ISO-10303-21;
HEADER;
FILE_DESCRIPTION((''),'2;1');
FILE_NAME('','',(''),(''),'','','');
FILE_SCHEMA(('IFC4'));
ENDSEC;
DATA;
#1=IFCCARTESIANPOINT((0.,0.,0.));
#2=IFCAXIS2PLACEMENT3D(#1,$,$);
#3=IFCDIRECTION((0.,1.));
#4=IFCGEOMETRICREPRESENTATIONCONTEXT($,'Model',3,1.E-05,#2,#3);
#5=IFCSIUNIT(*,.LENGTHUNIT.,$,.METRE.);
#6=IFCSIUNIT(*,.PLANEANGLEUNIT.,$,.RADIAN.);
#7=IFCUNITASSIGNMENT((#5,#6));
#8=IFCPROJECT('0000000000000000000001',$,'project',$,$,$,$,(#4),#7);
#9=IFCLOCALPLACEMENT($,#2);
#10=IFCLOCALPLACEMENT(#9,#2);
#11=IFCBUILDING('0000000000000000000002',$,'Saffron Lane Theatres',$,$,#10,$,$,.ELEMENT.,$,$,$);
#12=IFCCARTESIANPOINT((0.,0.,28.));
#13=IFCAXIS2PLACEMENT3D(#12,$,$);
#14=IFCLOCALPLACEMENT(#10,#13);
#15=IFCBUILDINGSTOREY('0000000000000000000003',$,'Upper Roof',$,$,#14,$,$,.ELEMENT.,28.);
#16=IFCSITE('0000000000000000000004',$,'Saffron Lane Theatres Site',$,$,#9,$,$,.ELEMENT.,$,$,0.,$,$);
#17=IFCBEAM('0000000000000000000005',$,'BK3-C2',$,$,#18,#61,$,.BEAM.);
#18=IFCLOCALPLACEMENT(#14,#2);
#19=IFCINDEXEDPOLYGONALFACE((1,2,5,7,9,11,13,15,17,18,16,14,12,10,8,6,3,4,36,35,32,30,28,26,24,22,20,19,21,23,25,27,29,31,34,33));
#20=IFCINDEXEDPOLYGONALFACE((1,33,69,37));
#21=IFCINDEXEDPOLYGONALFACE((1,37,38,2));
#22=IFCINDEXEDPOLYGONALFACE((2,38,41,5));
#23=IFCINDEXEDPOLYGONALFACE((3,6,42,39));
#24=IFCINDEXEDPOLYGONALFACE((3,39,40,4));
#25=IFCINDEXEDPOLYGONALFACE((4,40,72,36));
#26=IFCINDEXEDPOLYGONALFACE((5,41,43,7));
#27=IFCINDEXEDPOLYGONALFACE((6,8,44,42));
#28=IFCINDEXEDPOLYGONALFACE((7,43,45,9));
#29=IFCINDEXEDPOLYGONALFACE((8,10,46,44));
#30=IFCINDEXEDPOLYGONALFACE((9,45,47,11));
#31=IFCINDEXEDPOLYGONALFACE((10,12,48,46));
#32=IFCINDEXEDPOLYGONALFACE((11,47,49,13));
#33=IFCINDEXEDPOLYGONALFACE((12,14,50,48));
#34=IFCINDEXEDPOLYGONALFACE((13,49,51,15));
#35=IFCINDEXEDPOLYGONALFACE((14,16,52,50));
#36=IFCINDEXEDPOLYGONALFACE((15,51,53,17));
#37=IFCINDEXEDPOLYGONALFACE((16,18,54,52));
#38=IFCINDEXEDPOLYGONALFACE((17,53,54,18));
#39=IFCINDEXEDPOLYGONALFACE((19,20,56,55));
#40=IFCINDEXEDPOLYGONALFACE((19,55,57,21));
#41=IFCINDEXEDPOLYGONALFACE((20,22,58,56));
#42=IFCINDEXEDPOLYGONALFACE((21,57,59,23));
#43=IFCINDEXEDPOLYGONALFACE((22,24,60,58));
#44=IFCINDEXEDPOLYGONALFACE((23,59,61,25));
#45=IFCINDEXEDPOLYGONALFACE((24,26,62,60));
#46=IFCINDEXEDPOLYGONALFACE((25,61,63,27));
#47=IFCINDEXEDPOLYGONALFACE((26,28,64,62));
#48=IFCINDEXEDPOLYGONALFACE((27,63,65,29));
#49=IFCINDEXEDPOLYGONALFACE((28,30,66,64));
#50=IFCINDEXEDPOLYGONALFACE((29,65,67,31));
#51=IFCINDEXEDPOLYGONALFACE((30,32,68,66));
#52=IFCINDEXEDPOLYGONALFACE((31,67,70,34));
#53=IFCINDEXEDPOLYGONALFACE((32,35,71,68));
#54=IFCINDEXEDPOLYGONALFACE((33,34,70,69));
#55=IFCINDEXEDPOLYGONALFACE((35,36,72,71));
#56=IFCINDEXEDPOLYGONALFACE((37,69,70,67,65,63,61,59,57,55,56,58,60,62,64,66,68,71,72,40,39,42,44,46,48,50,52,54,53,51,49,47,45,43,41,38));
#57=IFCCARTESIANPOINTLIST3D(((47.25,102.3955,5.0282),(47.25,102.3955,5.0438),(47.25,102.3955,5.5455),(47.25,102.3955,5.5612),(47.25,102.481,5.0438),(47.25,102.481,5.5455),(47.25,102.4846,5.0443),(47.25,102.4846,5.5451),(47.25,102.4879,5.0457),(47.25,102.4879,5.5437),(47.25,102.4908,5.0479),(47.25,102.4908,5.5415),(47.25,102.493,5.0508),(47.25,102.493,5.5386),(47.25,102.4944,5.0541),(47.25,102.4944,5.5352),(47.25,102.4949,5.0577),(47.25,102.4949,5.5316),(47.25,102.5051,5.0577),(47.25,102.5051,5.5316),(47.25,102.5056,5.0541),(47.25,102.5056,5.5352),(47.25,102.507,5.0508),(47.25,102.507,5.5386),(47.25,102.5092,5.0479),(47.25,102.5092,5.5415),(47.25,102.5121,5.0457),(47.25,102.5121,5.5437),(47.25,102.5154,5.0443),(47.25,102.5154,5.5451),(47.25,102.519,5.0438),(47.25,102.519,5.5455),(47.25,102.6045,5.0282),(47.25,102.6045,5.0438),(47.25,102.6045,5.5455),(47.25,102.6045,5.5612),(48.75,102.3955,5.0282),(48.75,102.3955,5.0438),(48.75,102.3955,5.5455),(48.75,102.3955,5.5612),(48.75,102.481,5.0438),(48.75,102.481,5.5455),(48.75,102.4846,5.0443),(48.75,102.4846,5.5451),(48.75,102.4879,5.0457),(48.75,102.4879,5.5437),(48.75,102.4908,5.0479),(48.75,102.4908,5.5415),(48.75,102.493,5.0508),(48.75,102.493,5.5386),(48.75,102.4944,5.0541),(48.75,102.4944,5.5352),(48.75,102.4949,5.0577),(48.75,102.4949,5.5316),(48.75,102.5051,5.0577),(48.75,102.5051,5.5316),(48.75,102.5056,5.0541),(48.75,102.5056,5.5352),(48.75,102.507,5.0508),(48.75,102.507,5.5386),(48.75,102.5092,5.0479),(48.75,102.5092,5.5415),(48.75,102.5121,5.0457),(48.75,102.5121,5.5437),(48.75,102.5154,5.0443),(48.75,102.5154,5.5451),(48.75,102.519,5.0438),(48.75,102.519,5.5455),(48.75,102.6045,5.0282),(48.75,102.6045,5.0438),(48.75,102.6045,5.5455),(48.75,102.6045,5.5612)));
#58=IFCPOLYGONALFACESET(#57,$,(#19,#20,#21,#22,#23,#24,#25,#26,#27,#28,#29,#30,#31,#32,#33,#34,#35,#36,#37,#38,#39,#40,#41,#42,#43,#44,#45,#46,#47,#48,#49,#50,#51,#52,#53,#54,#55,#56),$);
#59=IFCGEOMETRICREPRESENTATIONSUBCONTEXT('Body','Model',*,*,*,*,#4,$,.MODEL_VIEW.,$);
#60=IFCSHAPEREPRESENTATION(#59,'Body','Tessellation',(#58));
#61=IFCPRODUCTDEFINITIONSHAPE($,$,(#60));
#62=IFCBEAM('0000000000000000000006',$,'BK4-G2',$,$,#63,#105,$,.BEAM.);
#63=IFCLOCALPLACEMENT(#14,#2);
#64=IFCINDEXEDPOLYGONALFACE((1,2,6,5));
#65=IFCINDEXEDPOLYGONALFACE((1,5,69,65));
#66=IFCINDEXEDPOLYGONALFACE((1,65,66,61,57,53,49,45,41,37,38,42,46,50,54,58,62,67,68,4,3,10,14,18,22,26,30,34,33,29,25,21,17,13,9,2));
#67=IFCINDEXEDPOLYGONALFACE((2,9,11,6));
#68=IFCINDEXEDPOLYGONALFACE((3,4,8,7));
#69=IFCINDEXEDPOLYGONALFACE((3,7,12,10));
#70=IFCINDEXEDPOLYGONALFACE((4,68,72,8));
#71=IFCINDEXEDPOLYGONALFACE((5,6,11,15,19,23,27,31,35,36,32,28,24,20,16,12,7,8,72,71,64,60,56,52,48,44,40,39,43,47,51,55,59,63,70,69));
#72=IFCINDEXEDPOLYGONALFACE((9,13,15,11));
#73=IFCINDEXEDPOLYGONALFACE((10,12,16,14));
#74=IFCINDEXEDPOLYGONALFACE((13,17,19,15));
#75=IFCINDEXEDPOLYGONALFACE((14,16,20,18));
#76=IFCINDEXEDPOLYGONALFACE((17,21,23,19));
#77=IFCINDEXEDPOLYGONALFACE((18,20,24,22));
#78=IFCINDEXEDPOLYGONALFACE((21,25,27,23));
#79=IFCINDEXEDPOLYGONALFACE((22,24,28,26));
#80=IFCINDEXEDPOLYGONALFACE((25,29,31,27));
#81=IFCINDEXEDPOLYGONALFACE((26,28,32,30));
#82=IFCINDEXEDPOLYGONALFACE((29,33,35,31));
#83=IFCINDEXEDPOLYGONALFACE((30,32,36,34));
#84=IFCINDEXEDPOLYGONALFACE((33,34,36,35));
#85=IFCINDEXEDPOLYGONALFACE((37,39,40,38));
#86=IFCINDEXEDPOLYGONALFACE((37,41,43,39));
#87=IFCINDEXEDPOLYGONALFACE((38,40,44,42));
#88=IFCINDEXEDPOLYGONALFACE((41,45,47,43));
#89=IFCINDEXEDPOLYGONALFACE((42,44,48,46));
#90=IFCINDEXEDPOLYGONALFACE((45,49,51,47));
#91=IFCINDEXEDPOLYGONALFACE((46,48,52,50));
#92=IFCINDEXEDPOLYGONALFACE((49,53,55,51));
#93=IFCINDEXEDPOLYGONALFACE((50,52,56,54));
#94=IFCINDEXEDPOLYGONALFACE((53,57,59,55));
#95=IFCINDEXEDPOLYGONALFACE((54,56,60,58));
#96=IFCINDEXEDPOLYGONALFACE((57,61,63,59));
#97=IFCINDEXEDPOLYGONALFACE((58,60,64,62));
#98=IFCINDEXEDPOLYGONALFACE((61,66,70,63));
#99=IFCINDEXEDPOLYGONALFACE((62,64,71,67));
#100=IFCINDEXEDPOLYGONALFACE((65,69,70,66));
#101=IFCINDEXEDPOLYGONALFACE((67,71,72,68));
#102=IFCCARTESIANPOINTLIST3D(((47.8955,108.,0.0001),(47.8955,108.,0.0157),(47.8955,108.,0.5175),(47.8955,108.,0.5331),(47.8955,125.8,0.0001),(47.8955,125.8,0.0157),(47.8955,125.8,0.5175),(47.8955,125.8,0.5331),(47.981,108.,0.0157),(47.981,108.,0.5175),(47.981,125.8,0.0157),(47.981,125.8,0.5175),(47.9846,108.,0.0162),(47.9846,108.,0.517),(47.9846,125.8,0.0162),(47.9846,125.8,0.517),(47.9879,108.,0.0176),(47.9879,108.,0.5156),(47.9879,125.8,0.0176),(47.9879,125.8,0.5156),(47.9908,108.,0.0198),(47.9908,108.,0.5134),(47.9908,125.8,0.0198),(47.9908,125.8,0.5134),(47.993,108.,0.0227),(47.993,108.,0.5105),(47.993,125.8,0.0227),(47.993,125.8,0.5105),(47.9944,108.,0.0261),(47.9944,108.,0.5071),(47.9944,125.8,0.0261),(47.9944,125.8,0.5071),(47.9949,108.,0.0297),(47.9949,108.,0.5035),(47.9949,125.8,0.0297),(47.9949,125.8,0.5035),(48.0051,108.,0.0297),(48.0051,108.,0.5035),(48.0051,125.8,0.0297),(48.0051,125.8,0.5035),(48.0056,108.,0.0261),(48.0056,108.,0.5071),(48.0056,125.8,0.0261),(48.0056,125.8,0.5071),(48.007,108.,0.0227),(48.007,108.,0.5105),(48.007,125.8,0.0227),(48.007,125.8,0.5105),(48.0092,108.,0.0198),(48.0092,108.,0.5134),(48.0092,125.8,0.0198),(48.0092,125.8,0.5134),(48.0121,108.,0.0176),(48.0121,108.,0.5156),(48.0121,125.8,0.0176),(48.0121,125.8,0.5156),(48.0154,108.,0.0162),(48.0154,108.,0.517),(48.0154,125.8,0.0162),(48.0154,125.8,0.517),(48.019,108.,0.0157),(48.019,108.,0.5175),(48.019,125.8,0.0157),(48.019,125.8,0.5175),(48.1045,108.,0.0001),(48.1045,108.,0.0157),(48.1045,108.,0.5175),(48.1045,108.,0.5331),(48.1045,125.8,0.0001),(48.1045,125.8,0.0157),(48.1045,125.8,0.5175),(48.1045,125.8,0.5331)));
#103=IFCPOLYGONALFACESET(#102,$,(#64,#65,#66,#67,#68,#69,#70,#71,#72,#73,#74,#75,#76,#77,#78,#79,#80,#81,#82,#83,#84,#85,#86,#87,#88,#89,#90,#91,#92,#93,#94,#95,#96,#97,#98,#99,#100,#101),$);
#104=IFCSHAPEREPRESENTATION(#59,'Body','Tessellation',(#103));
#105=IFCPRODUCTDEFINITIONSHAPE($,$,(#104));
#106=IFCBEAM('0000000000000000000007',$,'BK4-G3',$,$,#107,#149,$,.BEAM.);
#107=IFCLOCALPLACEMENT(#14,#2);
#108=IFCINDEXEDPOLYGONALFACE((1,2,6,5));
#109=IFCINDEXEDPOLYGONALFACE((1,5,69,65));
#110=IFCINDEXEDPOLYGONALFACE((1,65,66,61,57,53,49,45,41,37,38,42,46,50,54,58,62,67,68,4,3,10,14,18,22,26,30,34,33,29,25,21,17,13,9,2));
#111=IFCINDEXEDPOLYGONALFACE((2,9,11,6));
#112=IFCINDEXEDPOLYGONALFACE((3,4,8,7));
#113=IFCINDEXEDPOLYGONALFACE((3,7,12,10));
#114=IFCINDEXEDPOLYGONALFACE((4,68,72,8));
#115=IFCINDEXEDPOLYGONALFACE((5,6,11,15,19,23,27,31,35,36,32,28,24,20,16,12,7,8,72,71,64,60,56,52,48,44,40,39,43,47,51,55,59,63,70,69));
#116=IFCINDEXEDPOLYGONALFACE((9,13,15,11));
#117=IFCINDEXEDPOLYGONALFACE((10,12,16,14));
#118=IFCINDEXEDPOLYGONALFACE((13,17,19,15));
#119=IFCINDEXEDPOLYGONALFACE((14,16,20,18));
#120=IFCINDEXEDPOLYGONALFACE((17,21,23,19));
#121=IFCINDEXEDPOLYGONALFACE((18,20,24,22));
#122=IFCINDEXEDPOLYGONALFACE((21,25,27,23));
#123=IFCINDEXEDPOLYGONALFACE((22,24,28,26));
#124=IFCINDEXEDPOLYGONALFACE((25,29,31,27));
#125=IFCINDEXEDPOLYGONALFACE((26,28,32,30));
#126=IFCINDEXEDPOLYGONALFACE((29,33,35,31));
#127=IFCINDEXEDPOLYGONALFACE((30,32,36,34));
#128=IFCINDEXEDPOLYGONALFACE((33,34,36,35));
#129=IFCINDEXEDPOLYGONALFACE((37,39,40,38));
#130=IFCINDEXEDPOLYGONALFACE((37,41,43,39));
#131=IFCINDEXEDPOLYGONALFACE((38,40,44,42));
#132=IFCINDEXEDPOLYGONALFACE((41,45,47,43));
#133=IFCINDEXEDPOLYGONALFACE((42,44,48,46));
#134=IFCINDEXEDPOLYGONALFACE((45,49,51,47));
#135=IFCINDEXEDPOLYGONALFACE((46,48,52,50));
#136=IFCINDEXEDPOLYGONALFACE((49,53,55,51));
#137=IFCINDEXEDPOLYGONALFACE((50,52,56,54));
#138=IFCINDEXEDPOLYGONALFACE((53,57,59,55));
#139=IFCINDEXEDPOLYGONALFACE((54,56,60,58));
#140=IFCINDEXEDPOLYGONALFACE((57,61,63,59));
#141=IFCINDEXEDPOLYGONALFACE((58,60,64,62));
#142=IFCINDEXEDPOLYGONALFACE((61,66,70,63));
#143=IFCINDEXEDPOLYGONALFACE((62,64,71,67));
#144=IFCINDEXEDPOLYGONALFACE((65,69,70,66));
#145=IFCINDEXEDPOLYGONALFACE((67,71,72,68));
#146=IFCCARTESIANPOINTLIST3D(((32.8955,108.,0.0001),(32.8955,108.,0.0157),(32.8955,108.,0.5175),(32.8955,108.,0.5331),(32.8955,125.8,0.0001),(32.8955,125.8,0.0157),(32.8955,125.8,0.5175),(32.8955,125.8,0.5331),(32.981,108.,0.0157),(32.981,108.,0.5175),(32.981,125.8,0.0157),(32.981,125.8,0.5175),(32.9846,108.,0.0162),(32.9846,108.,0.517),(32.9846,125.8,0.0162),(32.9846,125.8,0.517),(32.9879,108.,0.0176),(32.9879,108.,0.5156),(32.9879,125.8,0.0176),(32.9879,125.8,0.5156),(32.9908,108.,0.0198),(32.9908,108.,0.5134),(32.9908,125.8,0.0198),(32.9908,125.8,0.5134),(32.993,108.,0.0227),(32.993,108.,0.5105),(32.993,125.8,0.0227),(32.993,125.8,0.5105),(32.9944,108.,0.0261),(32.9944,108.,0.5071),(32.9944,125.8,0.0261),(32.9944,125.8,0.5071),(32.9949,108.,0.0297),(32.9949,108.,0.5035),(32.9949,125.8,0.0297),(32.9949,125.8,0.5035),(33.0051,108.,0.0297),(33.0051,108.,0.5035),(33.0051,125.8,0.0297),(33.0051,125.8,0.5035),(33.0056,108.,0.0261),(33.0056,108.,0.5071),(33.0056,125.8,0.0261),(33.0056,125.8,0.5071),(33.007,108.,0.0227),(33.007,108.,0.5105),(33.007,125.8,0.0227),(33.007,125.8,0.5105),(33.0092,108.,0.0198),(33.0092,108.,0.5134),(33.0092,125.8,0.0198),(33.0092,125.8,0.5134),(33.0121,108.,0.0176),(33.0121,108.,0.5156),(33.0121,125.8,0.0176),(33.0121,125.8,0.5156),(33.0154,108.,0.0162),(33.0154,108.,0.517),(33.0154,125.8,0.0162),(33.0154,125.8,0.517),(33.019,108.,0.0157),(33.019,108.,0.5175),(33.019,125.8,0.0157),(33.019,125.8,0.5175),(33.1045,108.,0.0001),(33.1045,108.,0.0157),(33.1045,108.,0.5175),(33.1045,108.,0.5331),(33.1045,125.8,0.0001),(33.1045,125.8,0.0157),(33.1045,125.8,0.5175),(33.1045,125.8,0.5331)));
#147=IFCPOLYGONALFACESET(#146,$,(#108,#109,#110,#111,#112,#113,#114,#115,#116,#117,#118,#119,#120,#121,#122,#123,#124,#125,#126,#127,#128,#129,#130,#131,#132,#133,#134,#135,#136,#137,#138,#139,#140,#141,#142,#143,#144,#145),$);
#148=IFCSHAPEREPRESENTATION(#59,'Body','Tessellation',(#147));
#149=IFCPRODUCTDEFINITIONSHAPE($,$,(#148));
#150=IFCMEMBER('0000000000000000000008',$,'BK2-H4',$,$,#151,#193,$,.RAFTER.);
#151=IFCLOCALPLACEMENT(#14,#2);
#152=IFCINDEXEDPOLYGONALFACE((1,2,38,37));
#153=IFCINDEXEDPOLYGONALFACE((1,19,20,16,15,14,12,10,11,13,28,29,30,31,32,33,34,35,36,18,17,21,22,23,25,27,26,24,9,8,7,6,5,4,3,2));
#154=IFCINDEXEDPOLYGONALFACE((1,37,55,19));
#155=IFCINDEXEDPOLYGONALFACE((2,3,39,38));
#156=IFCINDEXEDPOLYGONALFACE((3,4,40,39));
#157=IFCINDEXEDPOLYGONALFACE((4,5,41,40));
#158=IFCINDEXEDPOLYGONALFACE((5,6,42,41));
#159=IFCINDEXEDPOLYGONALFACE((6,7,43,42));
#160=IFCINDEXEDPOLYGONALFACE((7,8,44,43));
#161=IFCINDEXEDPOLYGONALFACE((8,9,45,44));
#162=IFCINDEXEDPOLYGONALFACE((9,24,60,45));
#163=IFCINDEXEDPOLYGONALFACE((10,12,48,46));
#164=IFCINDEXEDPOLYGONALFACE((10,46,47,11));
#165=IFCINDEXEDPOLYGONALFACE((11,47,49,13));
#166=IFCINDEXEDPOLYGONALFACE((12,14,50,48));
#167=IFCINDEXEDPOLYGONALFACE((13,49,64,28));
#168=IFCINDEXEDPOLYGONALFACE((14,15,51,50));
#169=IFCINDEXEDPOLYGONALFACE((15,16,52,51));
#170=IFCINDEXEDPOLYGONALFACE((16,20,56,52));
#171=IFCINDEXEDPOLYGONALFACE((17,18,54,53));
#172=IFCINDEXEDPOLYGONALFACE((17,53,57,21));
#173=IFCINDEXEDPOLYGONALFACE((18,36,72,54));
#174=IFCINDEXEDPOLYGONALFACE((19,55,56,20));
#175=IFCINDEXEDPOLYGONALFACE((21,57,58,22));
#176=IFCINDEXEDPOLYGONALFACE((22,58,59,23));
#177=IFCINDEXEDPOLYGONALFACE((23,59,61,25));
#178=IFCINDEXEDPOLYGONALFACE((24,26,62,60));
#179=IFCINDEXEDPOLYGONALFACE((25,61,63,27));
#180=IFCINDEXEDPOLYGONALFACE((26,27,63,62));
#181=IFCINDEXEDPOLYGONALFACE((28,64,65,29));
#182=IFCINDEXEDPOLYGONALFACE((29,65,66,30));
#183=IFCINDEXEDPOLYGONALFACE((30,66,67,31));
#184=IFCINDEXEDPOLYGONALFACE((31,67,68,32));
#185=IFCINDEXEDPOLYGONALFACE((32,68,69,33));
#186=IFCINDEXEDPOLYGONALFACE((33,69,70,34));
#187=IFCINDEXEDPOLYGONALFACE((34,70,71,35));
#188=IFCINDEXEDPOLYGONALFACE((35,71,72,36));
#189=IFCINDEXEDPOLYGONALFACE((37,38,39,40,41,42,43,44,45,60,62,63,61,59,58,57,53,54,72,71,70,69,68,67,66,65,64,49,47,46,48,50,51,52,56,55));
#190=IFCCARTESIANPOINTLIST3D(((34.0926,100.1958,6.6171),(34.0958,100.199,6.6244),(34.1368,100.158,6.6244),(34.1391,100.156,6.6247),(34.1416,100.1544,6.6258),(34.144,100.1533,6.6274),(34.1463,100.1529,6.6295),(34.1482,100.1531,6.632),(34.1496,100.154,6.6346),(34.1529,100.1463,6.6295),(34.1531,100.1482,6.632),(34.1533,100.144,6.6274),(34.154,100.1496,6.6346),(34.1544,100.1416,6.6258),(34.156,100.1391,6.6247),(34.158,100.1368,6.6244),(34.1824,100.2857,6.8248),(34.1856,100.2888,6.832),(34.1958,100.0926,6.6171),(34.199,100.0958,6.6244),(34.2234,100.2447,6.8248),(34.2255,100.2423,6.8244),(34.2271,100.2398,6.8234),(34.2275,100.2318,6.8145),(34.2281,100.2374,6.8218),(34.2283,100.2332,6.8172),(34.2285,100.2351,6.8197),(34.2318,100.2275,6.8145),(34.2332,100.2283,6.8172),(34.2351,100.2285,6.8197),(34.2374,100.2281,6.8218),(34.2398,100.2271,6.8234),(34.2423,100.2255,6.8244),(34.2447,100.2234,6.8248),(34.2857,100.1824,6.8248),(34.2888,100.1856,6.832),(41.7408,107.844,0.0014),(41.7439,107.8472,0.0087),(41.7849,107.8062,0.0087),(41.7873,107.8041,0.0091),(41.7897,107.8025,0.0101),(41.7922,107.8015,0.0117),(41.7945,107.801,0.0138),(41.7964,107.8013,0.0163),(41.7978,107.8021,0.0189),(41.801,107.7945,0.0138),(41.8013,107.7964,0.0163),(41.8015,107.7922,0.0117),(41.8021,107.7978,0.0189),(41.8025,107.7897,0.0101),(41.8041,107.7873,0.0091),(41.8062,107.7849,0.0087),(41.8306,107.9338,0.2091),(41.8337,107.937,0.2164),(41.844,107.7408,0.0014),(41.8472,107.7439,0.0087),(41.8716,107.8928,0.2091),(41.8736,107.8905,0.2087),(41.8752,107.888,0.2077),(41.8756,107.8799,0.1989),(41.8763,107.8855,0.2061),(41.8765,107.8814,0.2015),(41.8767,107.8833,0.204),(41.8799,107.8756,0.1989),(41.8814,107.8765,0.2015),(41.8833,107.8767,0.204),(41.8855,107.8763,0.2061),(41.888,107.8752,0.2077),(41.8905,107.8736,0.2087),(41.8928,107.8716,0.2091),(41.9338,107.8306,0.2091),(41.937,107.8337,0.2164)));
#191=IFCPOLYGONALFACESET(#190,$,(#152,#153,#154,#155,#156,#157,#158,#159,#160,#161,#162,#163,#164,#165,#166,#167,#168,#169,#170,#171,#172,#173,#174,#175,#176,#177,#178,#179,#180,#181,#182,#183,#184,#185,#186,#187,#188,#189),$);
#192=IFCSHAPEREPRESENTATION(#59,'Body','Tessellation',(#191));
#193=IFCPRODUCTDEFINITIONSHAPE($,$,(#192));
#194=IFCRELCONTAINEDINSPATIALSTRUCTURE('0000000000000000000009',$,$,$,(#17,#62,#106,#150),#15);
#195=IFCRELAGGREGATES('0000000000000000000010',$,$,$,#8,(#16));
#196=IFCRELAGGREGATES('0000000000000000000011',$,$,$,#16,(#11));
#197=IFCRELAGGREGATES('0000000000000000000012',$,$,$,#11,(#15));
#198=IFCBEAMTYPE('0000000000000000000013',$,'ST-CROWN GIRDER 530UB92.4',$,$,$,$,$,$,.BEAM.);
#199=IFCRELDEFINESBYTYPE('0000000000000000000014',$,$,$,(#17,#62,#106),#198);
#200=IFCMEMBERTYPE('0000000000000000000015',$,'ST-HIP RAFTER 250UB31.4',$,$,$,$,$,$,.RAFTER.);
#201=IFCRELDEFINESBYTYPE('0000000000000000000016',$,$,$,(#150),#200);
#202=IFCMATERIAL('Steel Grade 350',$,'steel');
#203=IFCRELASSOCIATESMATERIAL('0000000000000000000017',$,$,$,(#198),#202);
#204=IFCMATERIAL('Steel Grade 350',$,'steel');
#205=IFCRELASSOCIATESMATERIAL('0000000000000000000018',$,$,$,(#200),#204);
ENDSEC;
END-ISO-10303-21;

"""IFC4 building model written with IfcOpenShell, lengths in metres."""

from ifc_helpers import new_model, si_unit, direction, frame, origin, origin_2d, place, context, subcontext, project, spatial, i_section, extrude, material, material_profile, profile_set, type_object, element, save


model = new_model("IFC4")

# Units and contexts
model_context = context("Model", 3, precision=1e-05, world=origin(), true_north=direction((0.0, 1.0)))
body_context = subcontext(model_context, "Body", "Model", "MODEL_VIEW")
ifc_project = project(units=[si_unit("LENGTHUNIT", "METRE"), si_unit("PLANEANGLEUNIT", "RADIAN")], contexts=[model_context])

# Site, building, storey
site_placement = place(None, origin())
site = spatial("IfcSite", under=ifc_project, at=site_placement, Name="Saffron Lane Theatres Site", CompositionType="ELEMENT", RefElevation=0.0)
building_placement = place(site_placement, origin())
building = spatial("IfcBuilding", under=site, at=building_placement, Name="Saffron Lane Theatres", CompositionType="ELEMENT")
storey_placement = place(building_placement, frame((0.0, 0.0, 28.0)))
storey = spatial("IfcBuildingStorey", under=building, at=storey_placement, Name="Upper Roof", CompositionType="ELEMENT", Elevation=28.0)

# Beams
ifc_material_1 = material(Name="Steel Grade 350", Category="steel")
ifc_material_profile_1 = material_profile(ifc_material_1, i_section(OverallWidth=0.209, OverallDepth=0.533, WebThickness=0.0103, FlangeThickness=0.0156, FilletRadius=0.0139, at=origin_2d()))
ifc_profile_set_1 = profile_set([ifc_material_profile_1], Name="Steel Grade 350")
beam_type = type_object("IfcBeamType", Name="ST-CROWN GIRDER 530UB92.4", PredefinedType="BEAM", material=ifc_profile_set_1)
beam_placement = place(storey_placement, frame((47.25, 102.5, 5.2947), z_axis=(1.0, 0.0, 0.0), x_axis=(0.0, 1.0, 0.0)))
element("IfcBeam", 1, at=beam_placement, inside=storey, type_object=beam_type, Name="BK3-C2", PredefinedType="BEAM", context=body_context, shape_type="SweptSolid", body=[
    extrude(i_section(OverallWidth=0.209, OverallDepth=0.533, WebThickness=0.0103, FlangeThickness=0.0156, FilletRadius=0.0139, at=origin_2d()), origin(), (0.0, 0.0, 1.0), 1.5),
])
for number, where, z_axis, x_axis, name in (
    (2, (48.0, 108.0, 0.2666), (0.0, 1.0, 0.0), (-1.0, 0.0, 0.0), "BK4-G2"),
    (3, (33.0, 108.0, 0.2666), (0.0, 1.0, 0.0), (-1.0, 0.0, 0.0), "BK4-G3"),
):
    element("IfcBeam", number, at=place(storey_placement, frame(where, z_axis=z_axis, x_axis=x_axis)), inside=storey, type_object=beam_type, Name=name, PredefinedType="BEAM", context=body_context, shape_type="SweptSolid", body=[
        extrude(i_section(OverallWidth=0.209, OverallDepth=0.533, WebThickness=0.0103, FlangeThickness=0.0156, FilletRadius=0.0139, at=origin_2d()), origin(), (0.0, 0.0, 1.0), 17.8),
    ])

# Member
ifc_material_2 = material(Name="Steel Grade 350", Category="steel")
ifc_material_profile_2 = material_profile(ifc_material_2, i_section(OverallWidth=0.146, OverallDepth=0.252, WebThickness=0.0061, FlangeThickness=0.0085, FilletRadius=0.012, at=origin_2d()))
ifc_profile_set_2 = profile_set([ifc_material_profile_2], Name="Steel Grade 350")
member_type_1 = type_object("IfcMemberType", Name="ST-HIP RAFTER 250UB31.4", PredefinedType="RAFTER", material=ifc_profile_set_2)
member_1_placement = place(storey_placement, frame((41.8389, 107.8389, 0.1089), z_axis=(-0.603217, -0.603217, 0.521785), x_axis=(0.707107, -0.707107, 0.0)))
element("IfcMember", 4, at=member_1_placement, inside=storey, type_object=member_type_1, Name="BK2-H4", PredefinedType="RAFTER", context=body_context, shape_type="SweptSolid", body=[
    extrude(i_section(OverallWidth=0.146, OverallDepth=0.252, WebThickness=0.0061, FlangeThickness=0.0085, FilletRadius=0.012, at=origin_2d()), origin(), (0.0, 0.0, 1.0), 12.679),
])

save(model, "model.ifc")
